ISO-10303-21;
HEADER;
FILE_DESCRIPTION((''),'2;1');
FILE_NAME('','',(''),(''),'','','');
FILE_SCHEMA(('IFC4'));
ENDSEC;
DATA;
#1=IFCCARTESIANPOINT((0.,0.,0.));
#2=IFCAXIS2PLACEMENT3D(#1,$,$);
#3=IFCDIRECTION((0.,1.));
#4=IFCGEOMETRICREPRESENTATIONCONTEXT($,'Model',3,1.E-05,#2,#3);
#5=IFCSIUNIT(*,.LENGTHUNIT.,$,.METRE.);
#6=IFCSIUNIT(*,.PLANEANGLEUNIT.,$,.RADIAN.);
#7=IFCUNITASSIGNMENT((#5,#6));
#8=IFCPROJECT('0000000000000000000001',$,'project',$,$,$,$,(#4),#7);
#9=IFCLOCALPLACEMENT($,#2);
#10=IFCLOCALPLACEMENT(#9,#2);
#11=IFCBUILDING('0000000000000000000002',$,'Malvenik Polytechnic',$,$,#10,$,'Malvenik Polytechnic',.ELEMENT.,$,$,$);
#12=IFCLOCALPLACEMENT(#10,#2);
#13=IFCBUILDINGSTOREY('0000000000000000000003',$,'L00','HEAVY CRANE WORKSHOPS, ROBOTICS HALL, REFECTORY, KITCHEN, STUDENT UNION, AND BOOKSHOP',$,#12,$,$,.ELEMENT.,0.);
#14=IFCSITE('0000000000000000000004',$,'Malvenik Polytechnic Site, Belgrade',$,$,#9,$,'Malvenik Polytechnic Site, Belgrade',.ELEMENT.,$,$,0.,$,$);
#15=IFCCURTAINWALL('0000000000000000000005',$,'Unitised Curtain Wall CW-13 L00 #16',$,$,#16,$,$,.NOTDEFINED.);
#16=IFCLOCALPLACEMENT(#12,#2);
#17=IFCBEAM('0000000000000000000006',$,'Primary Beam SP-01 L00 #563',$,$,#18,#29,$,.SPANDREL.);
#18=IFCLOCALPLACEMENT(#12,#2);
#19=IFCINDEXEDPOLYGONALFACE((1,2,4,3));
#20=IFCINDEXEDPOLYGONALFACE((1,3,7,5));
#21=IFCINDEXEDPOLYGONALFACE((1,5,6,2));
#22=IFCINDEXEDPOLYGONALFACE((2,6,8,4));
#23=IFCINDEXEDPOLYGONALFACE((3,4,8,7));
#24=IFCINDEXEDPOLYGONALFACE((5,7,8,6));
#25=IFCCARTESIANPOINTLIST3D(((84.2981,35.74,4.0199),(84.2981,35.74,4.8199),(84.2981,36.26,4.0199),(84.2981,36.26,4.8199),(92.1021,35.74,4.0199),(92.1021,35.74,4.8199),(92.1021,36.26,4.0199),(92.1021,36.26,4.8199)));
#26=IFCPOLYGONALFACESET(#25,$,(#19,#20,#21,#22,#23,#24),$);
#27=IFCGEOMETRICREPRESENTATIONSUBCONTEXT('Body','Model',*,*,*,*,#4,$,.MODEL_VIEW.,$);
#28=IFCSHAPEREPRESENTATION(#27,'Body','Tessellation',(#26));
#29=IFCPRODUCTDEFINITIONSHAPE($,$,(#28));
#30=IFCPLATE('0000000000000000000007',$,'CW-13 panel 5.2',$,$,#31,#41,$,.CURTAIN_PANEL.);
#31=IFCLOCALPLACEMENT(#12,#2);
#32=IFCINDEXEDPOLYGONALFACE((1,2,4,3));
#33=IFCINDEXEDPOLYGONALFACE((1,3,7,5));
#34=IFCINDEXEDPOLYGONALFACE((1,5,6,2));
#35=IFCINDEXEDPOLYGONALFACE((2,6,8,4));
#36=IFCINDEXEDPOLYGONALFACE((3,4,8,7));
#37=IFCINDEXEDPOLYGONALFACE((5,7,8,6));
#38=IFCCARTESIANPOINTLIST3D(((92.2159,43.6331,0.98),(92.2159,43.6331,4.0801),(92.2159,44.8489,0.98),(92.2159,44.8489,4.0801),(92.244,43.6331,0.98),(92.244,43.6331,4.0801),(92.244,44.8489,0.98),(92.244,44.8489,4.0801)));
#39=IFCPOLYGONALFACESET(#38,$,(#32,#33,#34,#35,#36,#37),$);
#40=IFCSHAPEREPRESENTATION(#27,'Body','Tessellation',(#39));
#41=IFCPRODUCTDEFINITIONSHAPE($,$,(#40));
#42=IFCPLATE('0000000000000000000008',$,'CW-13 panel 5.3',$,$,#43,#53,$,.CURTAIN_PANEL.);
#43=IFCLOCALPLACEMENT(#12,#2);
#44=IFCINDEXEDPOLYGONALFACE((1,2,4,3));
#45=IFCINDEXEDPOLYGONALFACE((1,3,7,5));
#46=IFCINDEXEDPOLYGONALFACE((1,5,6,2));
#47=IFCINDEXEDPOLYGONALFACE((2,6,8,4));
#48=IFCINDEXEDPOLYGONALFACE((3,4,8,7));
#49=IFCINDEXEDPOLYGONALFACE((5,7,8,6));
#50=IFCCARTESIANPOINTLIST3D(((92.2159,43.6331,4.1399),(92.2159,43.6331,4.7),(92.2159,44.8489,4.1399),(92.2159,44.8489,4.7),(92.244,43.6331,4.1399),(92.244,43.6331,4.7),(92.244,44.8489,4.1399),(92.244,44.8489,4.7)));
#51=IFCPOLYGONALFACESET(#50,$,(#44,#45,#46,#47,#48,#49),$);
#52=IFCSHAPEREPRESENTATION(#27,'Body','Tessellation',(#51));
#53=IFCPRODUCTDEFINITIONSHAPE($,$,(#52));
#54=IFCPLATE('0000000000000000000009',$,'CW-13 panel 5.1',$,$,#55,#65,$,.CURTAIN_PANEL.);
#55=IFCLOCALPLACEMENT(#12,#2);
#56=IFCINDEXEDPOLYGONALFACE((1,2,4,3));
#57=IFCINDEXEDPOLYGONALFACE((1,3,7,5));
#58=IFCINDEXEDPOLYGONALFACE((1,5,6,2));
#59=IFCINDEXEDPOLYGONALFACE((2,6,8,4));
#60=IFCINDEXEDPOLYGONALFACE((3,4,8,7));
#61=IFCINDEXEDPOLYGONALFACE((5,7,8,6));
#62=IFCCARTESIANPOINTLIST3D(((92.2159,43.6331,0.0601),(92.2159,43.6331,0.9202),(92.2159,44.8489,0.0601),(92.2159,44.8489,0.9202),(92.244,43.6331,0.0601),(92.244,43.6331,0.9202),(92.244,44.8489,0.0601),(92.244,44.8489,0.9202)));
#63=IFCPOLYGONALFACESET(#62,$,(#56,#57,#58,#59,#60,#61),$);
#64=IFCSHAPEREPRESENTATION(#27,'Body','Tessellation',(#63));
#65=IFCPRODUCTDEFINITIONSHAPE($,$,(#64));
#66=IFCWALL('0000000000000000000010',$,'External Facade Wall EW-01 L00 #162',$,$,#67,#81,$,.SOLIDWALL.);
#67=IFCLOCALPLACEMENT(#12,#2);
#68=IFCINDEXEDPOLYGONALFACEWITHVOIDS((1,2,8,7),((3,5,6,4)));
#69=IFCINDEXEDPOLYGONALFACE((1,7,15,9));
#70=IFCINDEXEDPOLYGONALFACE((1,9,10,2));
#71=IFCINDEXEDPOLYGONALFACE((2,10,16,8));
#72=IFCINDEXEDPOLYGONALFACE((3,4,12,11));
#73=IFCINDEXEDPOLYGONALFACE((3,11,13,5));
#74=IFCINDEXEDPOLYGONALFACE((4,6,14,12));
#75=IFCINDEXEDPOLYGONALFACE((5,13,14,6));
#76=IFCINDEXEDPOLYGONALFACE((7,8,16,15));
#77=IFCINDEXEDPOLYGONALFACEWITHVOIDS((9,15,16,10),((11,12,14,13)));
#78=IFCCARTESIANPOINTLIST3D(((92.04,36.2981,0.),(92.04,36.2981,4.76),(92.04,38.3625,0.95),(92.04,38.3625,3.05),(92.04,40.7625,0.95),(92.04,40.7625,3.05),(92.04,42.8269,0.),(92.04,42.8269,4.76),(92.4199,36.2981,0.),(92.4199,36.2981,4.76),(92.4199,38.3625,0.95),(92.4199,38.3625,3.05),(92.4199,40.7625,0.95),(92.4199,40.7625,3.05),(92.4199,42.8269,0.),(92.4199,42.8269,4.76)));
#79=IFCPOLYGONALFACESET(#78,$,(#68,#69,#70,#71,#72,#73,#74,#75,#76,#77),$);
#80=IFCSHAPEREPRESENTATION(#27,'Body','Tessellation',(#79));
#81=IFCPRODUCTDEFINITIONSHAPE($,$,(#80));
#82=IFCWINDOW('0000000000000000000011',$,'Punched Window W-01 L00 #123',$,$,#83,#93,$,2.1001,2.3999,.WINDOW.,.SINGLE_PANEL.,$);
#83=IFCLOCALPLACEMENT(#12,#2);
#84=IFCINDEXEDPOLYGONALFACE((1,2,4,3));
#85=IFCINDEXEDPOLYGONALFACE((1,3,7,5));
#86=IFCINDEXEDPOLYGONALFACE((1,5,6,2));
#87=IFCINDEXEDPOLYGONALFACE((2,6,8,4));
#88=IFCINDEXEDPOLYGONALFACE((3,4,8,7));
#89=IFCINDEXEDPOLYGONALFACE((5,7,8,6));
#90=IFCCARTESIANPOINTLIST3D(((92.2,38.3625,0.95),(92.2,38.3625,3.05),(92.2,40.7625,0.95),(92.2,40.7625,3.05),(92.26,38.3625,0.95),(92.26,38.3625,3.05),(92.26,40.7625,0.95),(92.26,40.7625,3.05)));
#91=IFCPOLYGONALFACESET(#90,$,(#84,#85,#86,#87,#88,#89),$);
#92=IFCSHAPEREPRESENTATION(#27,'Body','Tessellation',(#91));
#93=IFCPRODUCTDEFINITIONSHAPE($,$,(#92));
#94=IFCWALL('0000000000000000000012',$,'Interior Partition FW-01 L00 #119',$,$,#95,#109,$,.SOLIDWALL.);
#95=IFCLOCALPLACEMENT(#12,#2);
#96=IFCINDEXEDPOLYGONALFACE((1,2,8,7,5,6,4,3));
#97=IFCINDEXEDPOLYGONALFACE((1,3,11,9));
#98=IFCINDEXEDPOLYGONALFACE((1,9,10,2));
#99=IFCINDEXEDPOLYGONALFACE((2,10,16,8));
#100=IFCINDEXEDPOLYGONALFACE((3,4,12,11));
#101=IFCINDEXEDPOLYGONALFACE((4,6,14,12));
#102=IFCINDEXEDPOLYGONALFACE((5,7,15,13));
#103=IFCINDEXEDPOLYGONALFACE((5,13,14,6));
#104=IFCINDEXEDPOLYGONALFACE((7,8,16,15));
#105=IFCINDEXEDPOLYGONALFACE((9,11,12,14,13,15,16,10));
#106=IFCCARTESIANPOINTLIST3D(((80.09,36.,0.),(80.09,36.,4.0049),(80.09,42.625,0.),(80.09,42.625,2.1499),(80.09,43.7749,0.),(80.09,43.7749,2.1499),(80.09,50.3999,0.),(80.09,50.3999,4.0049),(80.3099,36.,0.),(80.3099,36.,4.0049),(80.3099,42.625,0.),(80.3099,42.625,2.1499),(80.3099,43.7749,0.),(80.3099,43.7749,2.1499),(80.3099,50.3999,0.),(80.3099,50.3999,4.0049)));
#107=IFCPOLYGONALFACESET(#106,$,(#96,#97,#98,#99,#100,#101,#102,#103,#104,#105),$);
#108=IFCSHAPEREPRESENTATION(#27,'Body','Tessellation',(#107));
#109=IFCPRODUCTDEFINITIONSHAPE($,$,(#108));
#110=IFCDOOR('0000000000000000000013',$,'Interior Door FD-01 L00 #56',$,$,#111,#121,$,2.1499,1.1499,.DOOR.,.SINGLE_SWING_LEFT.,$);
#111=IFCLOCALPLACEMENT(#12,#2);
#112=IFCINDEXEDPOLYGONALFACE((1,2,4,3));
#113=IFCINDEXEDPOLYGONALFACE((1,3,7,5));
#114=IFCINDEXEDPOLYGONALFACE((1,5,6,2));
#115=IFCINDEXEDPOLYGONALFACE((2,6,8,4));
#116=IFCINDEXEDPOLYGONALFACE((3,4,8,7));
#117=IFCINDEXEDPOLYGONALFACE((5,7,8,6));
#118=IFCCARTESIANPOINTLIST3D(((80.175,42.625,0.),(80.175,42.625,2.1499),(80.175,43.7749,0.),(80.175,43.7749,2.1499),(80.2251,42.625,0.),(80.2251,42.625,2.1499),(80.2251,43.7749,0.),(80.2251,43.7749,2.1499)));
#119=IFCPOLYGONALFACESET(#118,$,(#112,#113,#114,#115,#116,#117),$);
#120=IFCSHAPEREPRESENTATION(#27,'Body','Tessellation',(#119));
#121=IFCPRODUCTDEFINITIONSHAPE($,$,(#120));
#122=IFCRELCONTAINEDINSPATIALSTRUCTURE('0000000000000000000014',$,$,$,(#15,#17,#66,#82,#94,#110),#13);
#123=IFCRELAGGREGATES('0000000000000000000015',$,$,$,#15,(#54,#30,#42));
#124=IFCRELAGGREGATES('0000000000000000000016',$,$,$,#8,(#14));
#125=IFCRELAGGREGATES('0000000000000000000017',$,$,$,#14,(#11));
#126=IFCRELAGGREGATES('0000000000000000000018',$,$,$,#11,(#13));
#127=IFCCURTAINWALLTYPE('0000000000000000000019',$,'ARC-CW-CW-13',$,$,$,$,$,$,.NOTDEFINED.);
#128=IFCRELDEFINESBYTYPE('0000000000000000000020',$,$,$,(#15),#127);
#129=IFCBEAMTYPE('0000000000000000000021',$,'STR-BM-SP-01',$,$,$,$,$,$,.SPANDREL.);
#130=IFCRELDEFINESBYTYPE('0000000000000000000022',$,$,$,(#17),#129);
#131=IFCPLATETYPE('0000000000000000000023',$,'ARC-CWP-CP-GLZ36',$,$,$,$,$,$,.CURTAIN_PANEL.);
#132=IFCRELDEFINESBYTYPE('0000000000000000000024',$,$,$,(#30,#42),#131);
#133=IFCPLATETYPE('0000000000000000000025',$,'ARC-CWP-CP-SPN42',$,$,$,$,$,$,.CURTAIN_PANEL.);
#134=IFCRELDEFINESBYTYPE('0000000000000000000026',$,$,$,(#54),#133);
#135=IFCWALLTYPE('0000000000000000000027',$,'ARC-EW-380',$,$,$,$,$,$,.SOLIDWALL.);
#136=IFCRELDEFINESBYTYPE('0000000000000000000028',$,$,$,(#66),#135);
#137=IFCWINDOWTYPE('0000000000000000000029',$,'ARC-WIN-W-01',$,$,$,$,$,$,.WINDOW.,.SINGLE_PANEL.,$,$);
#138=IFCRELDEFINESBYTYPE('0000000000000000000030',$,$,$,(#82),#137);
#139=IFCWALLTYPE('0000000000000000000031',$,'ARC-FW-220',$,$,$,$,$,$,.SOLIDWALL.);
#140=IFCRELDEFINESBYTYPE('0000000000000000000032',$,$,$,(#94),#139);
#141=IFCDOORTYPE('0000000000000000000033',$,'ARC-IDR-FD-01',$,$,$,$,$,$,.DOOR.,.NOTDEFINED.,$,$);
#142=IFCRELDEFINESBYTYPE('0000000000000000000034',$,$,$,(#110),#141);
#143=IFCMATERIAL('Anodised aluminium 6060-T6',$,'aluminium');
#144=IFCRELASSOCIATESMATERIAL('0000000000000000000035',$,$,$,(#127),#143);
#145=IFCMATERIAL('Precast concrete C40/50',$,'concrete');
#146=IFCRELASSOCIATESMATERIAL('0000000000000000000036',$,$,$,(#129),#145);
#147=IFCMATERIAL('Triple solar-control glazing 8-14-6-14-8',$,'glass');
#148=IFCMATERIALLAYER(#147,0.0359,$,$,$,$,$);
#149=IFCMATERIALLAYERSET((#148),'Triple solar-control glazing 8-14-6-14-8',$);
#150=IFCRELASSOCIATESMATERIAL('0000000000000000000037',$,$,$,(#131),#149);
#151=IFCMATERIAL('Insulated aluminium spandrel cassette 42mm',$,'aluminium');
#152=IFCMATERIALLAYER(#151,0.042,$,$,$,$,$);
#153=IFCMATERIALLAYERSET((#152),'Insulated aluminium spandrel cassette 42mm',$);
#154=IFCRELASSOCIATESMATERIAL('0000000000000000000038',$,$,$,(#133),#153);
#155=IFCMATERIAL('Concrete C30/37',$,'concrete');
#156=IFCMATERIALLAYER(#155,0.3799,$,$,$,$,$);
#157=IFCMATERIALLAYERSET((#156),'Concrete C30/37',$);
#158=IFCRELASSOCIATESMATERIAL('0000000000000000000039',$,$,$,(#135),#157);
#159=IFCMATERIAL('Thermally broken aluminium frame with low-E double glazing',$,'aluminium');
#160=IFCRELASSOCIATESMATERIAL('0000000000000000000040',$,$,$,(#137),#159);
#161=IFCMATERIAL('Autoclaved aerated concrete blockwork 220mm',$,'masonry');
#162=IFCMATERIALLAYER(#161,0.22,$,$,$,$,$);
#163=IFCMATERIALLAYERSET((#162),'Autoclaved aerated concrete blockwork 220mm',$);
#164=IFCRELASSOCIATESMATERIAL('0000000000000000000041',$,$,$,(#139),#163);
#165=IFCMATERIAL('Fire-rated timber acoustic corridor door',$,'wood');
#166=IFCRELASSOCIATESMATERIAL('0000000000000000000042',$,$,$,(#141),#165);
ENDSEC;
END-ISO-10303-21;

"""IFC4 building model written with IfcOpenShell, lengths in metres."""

from ifc_helpers import new_model, si_unit, direction, frame, frame_2d, origin, origin_2d, place, context, subcontext, project, spatial, rectangle, extrude, material, layer, layer_set, material_profile, profile_set, type_object, element, fill, aggregate, save


model = new_model("IFC4")

# Units and contexts
model_context = context("Model", 3, precision=1e-05, world=origin(), true_north=direction((0.0, 1.0)))
body_context = subcontext(model_context, "Body", "Model", "MODEL_VIEW")
ifc_project = project(units=[si_unit("LENGTHUNIT", "METRE"), si_unit("PLANEANGLEUNIT", "RADIAN")], contexts=[model_context])

# Site, building, storey
site_placement = place(None, origin())
site = spatial("IfcSite", under=ifc_project, at=site_placement, Name="Malvenik Polytechnic Site, Belgrade", LongName="Malvenik Polytechnic Site, Belgrade", CompositionType="ELEMENT", RefElevation=0.0)
building_placement = place(site_placement, origin())
building = spatial("IfcBuilding", under=site, at=building_placement, Name="Malvenik Polytechnic", LongName="Malvenik Polytechnic", CompositionType="ELEMENT")
storey_placement = place(building_placement, origin())
storey = spatial("IfcBuildingStorey", under=building, at=storey_placement, Name="L00", Description="HEAVY CRANE WORKSHOPS, ROBOTICS HALL, REFECTORY, KITCHEN, STUDENT UNION, AND BOOKSHOP", CompositionType="ELEMENT", Elevation=0.0)

# Curtain wall
ifc_material_1 = material(Name="Anodised aluminium 6060-T6", Category="aluminium")
curtain_wall_type = type_object("IfcCurtainWallType", Name="ARC-CW-CW-13", PredefinedType="NOTDEFINED", material=ifc_material_1)
curtain_wall_placement = place(storey_placement, origin())
curtain_wall = element("IfcCurtainWall", 1, at=curtain_wall_placement, inside=storey, type_object=curtain_wall_type, Name="Unitised Curtain Wall CW-13 L00 #16", PredefinedType="NOTDEFINED")

# Beam
ifc_material_2 = material(Name="Concrete C30/37", Category="concrete")
ifc_material_3 = material(Name="Precast concrete C40/50", Category="concrete")
ifc_material_profile_1 = material_profile(ifc_material_3, rectangle(XDim=0.52, YDim=0.8, at=origin_2d()), Name="PC SPN 520x800")
ifc_profile_set_1 = profile_set([ifc_material_profile_1], Name="Precast concrete C40/50")
beam_type_1 = type_object("IfcBeamType", Name="STR-BM-SP-01", PredefinedType="SPANDREL", material=ifc_profile_set_1)
beam_1_placement = place(storey_placement, frame((84.2981, 36.0, 4.4199), z_axis=(1.0, 0.0, 0.0), x_axis=(0.0, 1.0, 0.0)))
element("IfcBeam", 2, at=beam_1_placement, inside=storey, type_object=beam_type_1, Name="Primary Beam SP-01 L00 #563", PredefinedType="SPANDREL", context=body_context, shape_type="SweptSolid", body=[
    extrude(rectangle(XDim=0.52, YDim=0.8, at=origin_2d()), origin(), (0.0, 0.0, 1.0), 7.804),
])

# Plates
ifc_material_4 = material(Name="Triple solar-control glazing 8-14-6-14-8", Category="glass")
ifc_layer_1 = layer(ifc_material_4, 0.0359)
ifc_layer_set_1 = layer_set([ifc_layer_1], Name="Triple solar-control glazing 8-14-6-14-8")
plate_type_1 = type_object("IfcPlateType", Name="ARC-CWP-CP-GLZ36", PredefinedType="CURTAIN_PANEL", material=ifc_layer_set_1)
plate_1_placement = place(storey_placement, frame((92.23, 44.241, 0.98), z_axis=(0.0, 0.0, 1.0), x_axis=(0.0, -1.0, 0.0)))
plate_1 = element("IfcPlate", 3, at=plate_1_placement, type_object=plate_type_1, Name="CW-13 panel 5.2", PredefinedType="CURTAIN_PANEL", context=body_context, shape_type="SweptSolid", body=[
    extrude(rectangle(XDim=1.2158, YDim=0.0281, at=origin_2d()), origin(), (0.0, 0.0, 1.0), 3.1001),
])
plate_2_placement = place(storey_placement, frame((92.23, 44.241, 4.1399), z_axis=(0.0, 0.0, 1.0), x_axis=(0.0, -1.0, 0.0)))
plate_2 = element("IfcPlate", 4, at=plate_2_placement, type_object=plate_type_1, Name="CW-13 panel 5.3", PredefinedType="CURTAIN_PANEL", context=body_context, shape_type="SweptSolid", body=[
    extrude(rectangle(XDim=1.2158, YDim=0.0281, at=origin_2d()), origin(), (0.0, 0.0, 1.0), 0.5601),
])
ifc_material_5 = material(Name="Insulated aluminium spandrel cassette 42mm", Category="aluminium")
ifc_layer_2 = layer(ifc_material_5, 0.042)
ifc_layer_set_2 = layer_set([ifc_layer_2], Name="Insulated aluminium spandrel cassette 42mm")
plate_type_2 = type_object("IfcPlateType", Name="ARC-CWP-CP-SPN42", PredefinedType="CURTAIN_PANEL", material=ifc_layer_set_2)
plate_3_placement = place(storey_placement, frame((92.23, 44.241, 0.0601), z_axis=(0.0, 0.0, 1.0), x_axis=(0.0, -1.0, 0.0)))
plate_3 = element("IfcPlate", 5, at=plate_3_placement, type_object=plate_type_2, Name="CW-13 panel 5.1", PredefinedType="CURTAIN_PANEL", context=body_context, shape_type="SweptSolid", body=[
    extrude(rectangle(XDim=1.2158, YDim=0.0281, at=origin_2d()), origin(), (0.0, 0.0, 1.0), 0.8601),
])
aggregate(curtain_wall, [plate_3, plate_1, plate_2])

# Wall, opening, window
ifc_layer_3 = layer(ifc_material_2, 0.3799)
ifc_layer_set_3 = layer_set([ifc_layer_3], Name="Concrete C30/37")
wall_type_1 = type_object("IfcWallType", Name="ARC-EW-380", PredefinedType="SOLIDWALL", material=ifc_layer_set_3)
wall_1_placement = place(storey_placement, frame((92.23, 42.8269, 0.0), z_axis=(0.0, 0.0, 1.0), x_axis=(0.0, -1.0, 0.0)))
wall_1 = element("IfcWall", 6, at=wall_1_placement, inside=storey, type_object=wall_type_1, Name="External Facade Wall EW-01 L00 #162", PredefinedType="SOLIDWALL", context=body_context, shape_type="SweptSolid", body=[
    extrude(rectangle(XDim=6.5288, YDim=0.3799, at=frame_2d((3.2644, 0.0))), origin(), (0.0, 0.0, 1.0), 4.76),
])
opening_1_placement = place(wall_1_placement, frame((2.0645, 0.0, 0.95)))
opening_1 = element("IfcOpeningElement", 7, at=opening_1_placement, cuts=wall_1, PredefinedType="OPENING", context=body_context, shape_type="SweptSolid", body=[
    extrude(rectangle(XDim=2.3999, YDim=2.1001, at=frame_2d((1.2, 1.05))), frame((0.0, 0.2, 0.0), z_axis=(0.0, -1.0, 0.0), x_axis=(1.0, 0.0, 0.0)), (0.0, 0.0, 1.0), 0.3999),
])
ifc_material_6 = material(Name="Thermally broken aluminium frame with low-E double glazing", Category="aluminium")
window_type = type_object("IfcWindowType", Name="ARC-WIN-W-01", PartitioningType="SINGLE_PANEL", PredefinedType="WINDOW", material=ifc_material_6)
window_placement = place(opening_1_placement, origin())
window = element("IfcWindow", 8, at=window_placement, inside=storey, type_object=window_type, Name="Punched Window W-01 L00 #123", OverallHeight=2.1001, OverallWidth=2.3999, PartitioningType="SINGLE_PANEL", PredefinedType="WINDOW", context=body_context, shape_type="SweptSolid", body=[
    extrude(rectangle(XDim=2.3999, YDim=2.1001, at=frame_2d((1.2, 1.05))), frame((0.0, 0.03, 0.0), z_axis=(0.0, -1.0, 0.0), x_axis=(1.0, 0.0, 0.0)), (0.0, 0.0, 1.0), 0.0601),
])
fill(opening_1, window)

# Wall, opening, door
ifc_material_7 = material(Name="Autoclaved aerated concrete blockwork 220mm", Category="masonry")
ifc_layer_4 = layer(ifc_material_7, 0.22)
ifc_layer_set_4 = layer_set([ifc_layer_4], Name="Autoclaved aerated concrete blockwork 220mm")
wall_type_2 = type_object("IfcWallType", Name="ARC-FW-220", PredefinedType="SOLIDWALL", material=ifc_layer_set_4)
wall_2_placement = place(storey_placement, frame((80.2, 36.0, 0.0), z_axis=(0.0, 0.0, 1.0), x_axis=(0.0, 1.0, 0.0)))
wall_2 = element("IfcWall", 9, at=wall_2_placement, inside=storey, type_object=wall_type_2, Name="Interior Partition FW-01 L00 #119", PredefinedType="SOLIDWALL", context=body_context, shape_type="SweptSolid", body=[
    extrude(rectangle(XDim=14.3999, YDim=0.22, at=frame_2d((7.2, 0.0))), origin(), (0.0, 0.0, 1.0), 4.0049),
])
opening_2_placement = place(wall_2_placement, frame((6.625, 0.0, 0.0)))
opening_2 = element("IfcOpeningElement", 10, at=opening_2_placement, cuts=wall_2, PredefinedType="OPENING", context=body_context, shape_type="SweptSolid", body=[
    extrude(rectangle(XDim=1.1499, YDim=2.1499, at=frame_2d((0.575, 1.075))), frame((0.0, 0.1201, 0.0), z_axis=(0.0, -1.0, 0.0), x_axis=(1.0, 0.0, 0.0)), (0.0, 0.0, 1.0), 0.24),
])
ifc_material_8 = material(Name="Fire-rated timber acoustic corridor door", Category="wood")
door_type = type_object("IfcDoorType", Name="ARC-IDR-FD-01", OperationType="NOTDEFINED", PredefinedType="DOOR", material=ifc_material_8)
door_placement = place(opening_2_placement, origin())
door = element("IfcDoor", 11, at=door_placement, inside=storey, type_object=door_type, Name="Interior Door FD-01 L00 #56", OperationType="SINGLE_SWING_LEFT", OverallHeight=2.1499, OverallWidth=1.1499, PredefinedType="DOOR", context=body_context, shape_type="SweptSolid", body=[
    extrude(rectangle(XDim=1.1499, YDim=2.1499, at=frame_2d((0.575, 1.075))), frame((0.0, 0.0249, 0.0), z_axis=(0.0, -1.0, 0.0), x_axis=(1.0, 0.0, 0.0)), (0.0, 0.0, 1.0), 0.05),
])
fill(opening_2, door)

save(model, "model.ifc")
